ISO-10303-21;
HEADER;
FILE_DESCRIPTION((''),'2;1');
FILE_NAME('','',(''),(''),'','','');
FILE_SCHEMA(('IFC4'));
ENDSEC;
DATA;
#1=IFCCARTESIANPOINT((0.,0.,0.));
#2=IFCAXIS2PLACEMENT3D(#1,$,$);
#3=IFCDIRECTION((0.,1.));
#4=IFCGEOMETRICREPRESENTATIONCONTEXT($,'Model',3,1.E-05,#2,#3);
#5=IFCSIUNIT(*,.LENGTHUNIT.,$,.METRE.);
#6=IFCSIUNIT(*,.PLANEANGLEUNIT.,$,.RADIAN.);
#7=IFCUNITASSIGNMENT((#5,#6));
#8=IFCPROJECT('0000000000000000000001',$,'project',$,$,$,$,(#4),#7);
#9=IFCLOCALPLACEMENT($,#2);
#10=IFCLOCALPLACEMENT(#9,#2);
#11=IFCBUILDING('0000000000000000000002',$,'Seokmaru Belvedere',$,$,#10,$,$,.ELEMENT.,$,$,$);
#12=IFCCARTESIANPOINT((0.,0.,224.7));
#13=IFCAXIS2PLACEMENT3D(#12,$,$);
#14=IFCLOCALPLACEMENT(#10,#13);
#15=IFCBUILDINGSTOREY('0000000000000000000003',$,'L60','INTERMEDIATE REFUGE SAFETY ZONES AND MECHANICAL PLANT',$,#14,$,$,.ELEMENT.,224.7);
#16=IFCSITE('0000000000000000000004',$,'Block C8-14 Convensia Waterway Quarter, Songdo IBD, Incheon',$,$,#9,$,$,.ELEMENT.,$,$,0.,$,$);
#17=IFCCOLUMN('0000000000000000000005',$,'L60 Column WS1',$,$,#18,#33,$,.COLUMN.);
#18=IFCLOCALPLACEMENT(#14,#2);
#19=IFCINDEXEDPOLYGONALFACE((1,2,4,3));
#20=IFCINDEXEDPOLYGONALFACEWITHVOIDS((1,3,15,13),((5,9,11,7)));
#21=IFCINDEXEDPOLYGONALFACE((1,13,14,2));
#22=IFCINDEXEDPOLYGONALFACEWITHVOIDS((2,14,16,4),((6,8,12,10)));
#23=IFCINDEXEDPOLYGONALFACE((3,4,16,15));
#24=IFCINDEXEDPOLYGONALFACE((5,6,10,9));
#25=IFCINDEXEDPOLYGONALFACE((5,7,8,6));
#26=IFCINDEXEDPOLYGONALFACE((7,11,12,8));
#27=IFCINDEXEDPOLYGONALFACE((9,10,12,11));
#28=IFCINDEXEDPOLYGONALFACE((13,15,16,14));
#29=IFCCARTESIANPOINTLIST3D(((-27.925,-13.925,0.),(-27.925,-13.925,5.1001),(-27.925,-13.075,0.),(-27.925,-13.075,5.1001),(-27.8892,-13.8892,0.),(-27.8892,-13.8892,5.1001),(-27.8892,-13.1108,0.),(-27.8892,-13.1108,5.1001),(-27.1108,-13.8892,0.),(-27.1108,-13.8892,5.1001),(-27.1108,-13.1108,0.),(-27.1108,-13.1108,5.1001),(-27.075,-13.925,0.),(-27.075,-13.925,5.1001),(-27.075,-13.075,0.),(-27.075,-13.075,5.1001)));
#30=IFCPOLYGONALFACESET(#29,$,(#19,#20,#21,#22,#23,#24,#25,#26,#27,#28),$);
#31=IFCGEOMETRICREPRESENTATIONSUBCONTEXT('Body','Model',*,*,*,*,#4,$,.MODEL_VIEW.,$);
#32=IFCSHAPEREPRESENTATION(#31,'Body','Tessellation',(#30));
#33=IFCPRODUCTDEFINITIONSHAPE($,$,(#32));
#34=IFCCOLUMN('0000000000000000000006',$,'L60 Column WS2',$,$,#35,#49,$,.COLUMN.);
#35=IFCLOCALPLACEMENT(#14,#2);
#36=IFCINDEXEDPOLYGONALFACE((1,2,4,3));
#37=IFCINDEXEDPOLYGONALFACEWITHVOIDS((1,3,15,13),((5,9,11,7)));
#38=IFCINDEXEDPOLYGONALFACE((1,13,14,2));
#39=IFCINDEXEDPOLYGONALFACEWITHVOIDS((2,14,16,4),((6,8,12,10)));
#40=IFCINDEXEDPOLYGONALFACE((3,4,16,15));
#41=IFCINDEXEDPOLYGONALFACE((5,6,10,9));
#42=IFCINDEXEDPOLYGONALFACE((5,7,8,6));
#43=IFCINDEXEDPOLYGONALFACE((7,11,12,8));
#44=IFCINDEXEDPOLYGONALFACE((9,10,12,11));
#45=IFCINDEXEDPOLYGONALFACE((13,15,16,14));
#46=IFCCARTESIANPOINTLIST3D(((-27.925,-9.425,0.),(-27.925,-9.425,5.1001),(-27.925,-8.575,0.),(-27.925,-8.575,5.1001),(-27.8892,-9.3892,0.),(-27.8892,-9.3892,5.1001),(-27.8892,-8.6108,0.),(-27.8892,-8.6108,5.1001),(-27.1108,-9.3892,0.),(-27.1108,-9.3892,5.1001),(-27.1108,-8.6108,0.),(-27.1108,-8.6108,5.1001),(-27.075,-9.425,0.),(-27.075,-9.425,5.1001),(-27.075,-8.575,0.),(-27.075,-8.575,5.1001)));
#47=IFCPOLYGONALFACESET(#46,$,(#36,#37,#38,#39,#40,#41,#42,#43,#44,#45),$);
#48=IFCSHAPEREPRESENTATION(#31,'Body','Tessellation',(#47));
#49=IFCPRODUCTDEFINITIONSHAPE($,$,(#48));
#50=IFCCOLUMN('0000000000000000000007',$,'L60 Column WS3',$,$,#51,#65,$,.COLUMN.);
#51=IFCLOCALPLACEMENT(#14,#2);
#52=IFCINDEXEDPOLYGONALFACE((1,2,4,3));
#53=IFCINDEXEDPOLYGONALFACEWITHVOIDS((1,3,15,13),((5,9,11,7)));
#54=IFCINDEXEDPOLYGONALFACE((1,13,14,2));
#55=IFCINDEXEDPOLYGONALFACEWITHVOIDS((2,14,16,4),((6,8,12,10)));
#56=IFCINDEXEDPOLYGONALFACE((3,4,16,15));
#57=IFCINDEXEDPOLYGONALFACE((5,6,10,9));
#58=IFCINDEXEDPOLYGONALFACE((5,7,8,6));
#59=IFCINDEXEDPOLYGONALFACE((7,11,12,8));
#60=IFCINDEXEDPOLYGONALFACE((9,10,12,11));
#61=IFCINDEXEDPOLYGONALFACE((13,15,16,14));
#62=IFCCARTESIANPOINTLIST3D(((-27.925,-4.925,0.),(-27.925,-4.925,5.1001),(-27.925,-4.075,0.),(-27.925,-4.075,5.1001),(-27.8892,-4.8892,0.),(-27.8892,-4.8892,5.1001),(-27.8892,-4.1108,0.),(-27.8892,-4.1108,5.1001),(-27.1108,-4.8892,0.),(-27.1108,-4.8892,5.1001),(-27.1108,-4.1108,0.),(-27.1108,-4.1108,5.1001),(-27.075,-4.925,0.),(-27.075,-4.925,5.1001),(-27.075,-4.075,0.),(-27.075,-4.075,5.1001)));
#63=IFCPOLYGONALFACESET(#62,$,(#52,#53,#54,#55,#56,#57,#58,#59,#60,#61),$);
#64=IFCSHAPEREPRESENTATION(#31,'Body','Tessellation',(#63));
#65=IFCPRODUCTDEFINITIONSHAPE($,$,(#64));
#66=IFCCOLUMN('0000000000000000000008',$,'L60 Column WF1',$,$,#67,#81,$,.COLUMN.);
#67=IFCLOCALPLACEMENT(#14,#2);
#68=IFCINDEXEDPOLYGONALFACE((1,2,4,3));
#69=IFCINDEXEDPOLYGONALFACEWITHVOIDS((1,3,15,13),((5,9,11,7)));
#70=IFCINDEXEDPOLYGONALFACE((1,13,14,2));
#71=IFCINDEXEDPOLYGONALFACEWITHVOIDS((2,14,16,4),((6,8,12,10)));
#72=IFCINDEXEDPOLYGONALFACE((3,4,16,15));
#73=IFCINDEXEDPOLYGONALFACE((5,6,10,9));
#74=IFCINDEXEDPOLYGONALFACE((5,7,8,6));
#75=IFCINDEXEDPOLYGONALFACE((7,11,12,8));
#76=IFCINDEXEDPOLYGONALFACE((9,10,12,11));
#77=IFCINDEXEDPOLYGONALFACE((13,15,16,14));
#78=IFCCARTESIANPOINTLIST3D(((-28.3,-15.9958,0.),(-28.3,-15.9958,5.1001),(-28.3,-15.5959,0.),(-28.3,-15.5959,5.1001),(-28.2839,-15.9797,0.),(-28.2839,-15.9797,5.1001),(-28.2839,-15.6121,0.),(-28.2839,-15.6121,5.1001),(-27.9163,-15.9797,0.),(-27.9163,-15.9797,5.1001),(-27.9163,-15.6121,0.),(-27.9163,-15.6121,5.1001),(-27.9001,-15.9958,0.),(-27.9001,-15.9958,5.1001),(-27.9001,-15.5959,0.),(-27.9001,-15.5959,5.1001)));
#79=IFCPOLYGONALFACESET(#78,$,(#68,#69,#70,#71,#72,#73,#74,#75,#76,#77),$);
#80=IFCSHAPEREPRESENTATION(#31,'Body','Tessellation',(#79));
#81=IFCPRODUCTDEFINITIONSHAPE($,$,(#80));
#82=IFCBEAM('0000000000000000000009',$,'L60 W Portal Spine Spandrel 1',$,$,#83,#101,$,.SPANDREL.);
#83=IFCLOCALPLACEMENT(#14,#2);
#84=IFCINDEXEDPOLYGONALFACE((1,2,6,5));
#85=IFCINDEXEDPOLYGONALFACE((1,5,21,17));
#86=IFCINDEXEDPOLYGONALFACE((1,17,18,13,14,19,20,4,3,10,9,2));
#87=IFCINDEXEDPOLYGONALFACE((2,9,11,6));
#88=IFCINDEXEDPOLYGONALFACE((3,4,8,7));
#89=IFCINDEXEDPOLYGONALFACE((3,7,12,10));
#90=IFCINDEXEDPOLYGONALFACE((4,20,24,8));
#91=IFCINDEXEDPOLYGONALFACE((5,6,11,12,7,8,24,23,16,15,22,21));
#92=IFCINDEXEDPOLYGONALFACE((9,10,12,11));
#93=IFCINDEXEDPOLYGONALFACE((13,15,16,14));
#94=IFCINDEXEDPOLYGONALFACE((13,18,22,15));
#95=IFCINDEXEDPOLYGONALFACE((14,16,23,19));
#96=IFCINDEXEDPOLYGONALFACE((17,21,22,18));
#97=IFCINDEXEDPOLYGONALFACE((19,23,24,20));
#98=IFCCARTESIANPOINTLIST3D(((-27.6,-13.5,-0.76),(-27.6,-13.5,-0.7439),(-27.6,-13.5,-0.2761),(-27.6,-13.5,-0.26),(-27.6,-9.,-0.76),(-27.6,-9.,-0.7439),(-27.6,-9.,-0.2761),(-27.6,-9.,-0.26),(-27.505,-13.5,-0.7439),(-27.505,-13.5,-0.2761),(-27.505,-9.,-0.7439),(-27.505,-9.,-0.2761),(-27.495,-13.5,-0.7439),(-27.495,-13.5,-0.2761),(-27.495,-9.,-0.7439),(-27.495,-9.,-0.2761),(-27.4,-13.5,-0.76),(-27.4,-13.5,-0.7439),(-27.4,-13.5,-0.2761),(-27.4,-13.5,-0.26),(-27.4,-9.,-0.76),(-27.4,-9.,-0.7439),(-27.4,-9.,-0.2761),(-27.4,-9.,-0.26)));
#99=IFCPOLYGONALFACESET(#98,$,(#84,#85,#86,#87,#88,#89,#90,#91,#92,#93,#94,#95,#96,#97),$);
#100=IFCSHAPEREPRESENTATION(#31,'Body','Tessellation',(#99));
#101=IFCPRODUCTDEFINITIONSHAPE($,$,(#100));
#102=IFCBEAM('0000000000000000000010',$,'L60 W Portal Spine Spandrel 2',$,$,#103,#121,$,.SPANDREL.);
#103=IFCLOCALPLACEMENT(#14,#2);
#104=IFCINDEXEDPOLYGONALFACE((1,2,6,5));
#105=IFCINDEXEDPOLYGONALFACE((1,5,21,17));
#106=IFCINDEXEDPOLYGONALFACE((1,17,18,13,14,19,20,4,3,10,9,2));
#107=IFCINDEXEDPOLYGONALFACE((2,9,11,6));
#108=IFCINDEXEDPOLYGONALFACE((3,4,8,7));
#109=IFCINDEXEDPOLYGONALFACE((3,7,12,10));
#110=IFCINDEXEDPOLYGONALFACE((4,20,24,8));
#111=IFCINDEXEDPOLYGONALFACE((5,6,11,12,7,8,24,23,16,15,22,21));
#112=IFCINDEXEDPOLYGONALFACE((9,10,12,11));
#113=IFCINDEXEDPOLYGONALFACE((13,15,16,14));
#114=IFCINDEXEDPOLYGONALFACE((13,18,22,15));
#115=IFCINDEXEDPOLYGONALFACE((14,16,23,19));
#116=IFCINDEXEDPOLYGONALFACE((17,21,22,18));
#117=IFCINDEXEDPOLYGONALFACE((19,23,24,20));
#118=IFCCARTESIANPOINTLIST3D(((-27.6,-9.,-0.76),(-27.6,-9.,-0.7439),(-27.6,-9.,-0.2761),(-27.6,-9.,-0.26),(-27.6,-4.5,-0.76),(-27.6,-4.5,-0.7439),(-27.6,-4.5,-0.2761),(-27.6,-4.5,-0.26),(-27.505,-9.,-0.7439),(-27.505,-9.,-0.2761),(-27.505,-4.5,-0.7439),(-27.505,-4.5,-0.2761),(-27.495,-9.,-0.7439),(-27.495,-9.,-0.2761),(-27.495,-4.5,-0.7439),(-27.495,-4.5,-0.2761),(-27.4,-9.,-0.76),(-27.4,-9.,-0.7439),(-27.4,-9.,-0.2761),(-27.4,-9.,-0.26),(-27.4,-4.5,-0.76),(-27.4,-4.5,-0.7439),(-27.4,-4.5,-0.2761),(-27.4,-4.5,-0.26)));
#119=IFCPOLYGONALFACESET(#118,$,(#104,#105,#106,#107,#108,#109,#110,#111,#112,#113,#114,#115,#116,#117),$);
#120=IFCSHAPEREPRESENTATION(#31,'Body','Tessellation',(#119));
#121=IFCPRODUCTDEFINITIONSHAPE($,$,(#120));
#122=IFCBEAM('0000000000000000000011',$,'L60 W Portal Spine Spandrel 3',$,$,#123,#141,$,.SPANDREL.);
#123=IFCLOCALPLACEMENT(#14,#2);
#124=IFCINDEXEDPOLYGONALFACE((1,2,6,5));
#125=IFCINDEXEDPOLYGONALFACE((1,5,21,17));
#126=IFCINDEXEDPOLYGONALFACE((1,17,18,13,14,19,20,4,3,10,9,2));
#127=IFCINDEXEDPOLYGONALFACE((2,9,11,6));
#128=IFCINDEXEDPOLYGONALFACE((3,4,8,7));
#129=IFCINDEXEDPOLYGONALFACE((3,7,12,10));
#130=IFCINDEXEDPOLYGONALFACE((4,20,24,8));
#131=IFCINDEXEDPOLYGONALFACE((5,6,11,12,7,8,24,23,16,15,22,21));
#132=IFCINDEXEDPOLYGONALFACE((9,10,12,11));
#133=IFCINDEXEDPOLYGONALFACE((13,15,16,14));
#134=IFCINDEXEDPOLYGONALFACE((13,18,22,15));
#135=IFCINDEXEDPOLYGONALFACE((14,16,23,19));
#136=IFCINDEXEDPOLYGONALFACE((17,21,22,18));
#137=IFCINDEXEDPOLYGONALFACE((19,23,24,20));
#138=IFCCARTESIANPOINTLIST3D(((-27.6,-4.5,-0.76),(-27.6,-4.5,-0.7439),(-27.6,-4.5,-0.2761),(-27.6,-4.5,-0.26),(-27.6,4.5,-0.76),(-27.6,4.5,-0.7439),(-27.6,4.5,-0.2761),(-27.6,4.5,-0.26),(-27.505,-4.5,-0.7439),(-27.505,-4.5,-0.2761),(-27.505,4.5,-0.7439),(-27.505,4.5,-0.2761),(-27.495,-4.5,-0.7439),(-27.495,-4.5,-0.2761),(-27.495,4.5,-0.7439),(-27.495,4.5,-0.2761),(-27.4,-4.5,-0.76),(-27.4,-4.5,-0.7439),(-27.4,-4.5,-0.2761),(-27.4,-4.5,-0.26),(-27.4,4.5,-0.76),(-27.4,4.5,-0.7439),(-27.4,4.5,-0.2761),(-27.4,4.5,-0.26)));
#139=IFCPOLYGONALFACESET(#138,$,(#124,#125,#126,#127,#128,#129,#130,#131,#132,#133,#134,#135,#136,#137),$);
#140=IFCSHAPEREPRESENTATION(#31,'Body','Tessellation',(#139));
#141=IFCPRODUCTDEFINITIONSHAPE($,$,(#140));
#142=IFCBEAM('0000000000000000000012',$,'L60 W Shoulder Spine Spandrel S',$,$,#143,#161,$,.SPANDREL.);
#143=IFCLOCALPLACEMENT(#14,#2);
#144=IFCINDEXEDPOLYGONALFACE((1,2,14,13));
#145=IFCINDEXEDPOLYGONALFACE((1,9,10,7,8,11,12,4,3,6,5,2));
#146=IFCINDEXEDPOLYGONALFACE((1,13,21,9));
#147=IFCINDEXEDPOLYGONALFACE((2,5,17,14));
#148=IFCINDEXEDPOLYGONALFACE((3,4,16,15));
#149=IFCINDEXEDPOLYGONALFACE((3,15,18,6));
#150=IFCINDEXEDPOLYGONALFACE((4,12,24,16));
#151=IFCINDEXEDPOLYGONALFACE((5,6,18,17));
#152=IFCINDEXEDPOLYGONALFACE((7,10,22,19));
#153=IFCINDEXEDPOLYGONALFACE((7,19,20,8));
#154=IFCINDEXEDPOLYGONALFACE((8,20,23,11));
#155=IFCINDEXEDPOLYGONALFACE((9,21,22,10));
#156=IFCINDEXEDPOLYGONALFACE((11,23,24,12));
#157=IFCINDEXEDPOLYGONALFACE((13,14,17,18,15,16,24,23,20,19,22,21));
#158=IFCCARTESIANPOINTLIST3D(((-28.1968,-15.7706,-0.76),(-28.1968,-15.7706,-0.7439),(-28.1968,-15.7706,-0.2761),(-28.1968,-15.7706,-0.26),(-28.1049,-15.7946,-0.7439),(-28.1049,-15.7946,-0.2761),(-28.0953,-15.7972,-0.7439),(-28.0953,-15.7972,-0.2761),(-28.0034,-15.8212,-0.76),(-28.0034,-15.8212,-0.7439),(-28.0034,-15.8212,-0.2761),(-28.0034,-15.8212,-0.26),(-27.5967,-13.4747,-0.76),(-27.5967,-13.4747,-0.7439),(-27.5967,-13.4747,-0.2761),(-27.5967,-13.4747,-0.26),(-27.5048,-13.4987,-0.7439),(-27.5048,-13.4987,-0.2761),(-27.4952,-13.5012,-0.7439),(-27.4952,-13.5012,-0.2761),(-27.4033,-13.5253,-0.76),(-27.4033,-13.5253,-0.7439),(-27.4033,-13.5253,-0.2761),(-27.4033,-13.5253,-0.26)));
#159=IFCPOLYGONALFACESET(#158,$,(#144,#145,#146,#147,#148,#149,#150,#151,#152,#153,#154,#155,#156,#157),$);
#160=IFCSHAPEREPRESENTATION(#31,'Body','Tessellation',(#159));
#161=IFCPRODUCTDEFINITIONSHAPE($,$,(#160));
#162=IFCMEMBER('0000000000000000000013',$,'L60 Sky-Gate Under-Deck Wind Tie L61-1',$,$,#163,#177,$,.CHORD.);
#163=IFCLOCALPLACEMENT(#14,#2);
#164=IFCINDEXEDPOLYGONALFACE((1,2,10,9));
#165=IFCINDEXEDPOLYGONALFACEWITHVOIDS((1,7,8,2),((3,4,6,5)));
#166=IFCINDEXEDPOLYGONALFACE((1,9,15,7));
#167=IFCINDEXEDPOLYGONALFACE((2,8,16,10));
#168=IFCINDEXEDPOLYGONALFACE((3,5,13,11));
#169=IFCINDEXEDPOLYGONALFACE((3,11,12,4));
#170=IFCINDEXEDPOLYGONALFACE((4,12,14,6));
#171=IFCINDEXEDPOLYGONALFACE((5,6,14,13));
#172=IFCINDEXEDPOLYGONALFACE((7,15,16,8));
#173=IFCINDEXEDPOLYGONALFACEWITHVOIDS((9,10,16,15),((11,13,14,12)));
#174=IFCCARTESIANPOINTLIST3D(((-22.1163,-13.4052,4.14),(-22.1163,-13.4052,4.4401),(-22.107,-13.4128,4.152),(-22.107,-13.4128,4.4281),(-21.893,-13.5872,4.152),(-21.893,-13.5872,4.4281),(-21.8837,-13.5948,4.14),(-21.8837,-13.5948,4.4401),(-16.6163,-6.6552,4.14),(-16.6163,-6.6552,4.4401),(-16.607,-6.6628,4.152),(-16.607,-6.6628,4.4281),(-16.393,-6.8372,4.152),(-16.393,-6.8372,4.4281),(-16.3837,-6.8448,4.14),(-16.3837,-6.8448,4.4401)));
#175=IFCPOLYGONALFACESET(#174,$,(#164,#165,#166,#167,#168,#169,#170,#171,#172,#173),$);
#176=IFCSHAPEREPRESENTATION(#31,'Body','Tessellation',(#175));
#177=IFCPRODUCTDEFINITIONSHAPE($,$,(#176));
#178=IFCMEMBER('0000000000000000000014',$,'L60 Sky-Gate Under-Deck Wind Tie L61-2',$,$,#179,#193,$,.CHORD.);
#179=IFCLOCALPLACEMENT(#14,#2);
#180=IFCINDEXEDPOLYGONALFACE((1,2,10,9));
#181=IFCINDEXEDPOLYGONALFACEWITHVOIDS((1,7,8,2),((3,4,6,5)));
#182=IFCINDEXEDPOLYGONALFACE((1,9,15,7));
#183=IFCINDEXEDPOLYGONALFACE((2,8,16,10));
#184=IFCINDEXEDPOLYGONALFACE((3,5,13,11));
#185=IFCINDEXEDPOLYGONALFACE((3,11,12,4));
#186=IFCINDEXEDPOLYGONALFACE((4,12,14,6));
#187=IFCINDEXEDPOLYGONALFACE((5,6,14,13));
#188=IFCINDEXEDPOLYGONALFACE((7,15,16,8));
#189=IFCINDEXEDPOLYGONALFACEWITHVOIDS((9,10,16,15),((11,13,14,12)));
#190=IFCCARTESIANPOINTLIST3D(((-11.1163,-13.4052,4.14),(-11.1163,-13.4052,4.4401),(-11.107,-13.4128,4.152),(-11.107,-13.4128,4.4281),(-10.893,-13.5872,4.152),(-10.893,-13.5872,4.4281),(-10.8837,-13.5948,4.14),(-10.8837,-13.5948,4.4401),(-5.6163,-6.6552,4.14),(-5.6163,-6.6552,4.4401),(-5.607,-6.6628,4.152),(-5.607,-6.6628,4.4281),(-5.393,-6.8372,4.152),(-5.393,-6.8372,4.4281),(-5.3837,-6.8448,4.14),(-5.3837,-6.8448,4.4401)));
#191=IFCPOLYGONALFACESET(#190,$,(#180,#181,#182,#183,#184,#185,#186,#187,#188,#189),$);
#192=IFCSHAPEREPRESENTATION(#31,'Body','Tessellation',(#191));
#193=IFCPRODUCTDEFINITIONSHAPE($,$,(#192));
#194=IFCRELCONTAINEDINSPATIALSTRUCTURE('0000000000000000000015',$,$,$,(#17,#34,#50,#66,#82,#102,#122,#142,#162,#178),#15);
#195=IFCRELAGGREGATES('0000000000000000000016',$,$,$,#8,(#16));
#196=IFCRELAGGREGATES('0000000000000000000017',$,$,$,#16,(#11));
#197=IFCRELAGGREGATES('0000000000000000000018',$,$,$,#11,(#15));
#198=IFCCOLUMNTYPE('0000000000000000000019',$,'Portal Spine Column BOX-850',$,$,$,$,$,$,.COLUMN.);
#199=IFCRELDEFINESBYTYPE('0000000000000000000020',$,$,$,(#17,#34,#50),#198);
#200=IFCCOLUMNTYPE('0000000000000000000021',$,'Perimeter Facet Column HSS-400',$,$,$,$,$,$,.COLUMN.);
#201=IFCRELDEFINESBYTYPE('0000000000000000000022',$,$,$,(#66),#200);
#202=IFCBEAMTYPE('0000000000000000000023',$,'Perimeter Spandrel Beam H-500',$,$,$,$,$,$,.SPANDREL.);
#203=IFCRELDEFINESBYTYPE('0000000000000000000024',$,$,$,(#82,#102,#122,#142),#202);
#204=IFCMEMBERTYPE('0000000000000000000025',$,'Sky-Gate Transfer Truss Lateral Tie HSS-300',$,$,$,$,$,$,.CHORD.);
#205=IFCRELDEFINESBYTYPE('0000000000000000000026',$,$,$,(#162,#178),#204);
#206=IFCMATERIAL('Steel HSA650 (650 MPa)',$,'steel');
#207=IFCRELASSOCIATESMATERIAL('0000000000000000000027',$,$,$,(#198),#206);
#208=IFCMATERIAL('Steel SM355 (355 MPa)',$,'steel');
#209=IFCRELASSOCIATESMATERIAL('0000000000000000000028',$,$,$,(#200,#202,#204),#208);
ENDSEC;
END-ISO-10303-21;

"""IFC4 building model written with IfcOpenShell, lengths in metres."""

from ifc_helpers import new_model, si_unit, direction, frame, origin, origin_2d, place, context, subcontext, project, spatial, hollow_rectangle, i_section, extrude, source, transform, mapped, material, material_profile, profile_set, type_object, type_shapes, element, save


model = new_model("IFC4")

# Units and contexts
model_context = context("Model", 3, precision=1e-05, world=origin(), true_north=direction((0.0, 1.0)))
body_context = subcontext(model_context, "Body", "Model", "MODEL_VIEW")
ifc_project = project(units=[si_unit("LENGTHUNIT", "METRE"), si_unit("PLANEANGLEUNIT", "RADIAN")], contexts=[model_context])

# Site, building, storey
site_placement = place(None, origin())
site = spatial("IfcSite", under=ifc_project, at=site_placement, Name="Block C8-14 Convensia Waterway Quarter, Songdo IBD, Incheon", CompositionType="ELEMENT", RefElevation=0.0)
building_placement = place(site_placement, origin())
building = spatial("IfcBuilding", under=site, at=building_placement, Name="Seokmaru Belvedere", CompositionType="ELEMENT")
storey_placement = place(building_placement, frame((0.0, 0.0, 224.7)))
storey = spatial("IfcBuildingStorey", under=building, at=storey_placement, Name="L60", Description="INTERMEDIATE REFUGE SAFETY ZONES AND MECHANICAL PLANT", CompositionType="ELEMENT", Elevation=224.7)

# Columns
ifc_material_1 = material(Name="Steel HSA650 (650 MPa)", Category="steel")
ifc_material_profile_1 = material_profile(ifc_material_1, hollow_rectangle(XDim=0.8501, YDim=0.8501, WallThickness=0.0359, at=origin_2d()), Name="BOX-850x850x36")
ifc_profile_set_1 = profile_set([ifc_material_profile_1], Name="Steel HSA650 (650 MPa)")
column_type_1 = type_object("IfcColumnType", Name="Portal Spine Column BOX-850", PredefinedType="COLUMN", material=ifc_profile_set_1)
shared_shape_1 = source(origin(), body_context, "Body", "SweptSolid", [
    extrude(hollow_rectangle(XDim=0.8501, YDim=0.8501, WallThickness=0.0359, at=origin_2d()), origin(), (0.0, 0.0, 1.0), 5.1001),
])
type_shapes(column_type_1, [shared_shape_1])
for number, where, z_axis, x_axis, name in (
    (1, (-27.5, -13.5, 0.0), (0.0, 0.0, 1.0), (1.0, 0.0, 0.0), "L60 Column WS1"),
    (2, (-27.5, -9.0, 0.0), (0.0, 0.0, 1.0), (1.0, 0.0, 0.0), "L60 Column WS2"),
    (3, (-27.5, -4.5, 0.0), (0.0, 0.0, 1.0), (1.0, 0.0, 0.0), "L60 Column WS3"),
):
    element("IfcColumn", number, at=place(storey_placement, frame(where, z_axis=z_axis, x_axis=x_axis)), inside=storey, type_object=column_type_1, Name=name, PredefinedType="COLUMN", context=body_context, shape_type="MappedRepresentation", body=[
        mapped(shared_shape_1, transform((0.0, 0.0, 0.0), scale=1.0)),
    ])
ifc_material_2 = material(Name="Steel SM355 (355 MPa)", Category="steel")
ifc_material_profile_2 = material_profile(ifc_material_2, hollow_rectangle(XDim=0.3999, YDim=0.3999, WallThickness=0.0161, at=origin_2d()), Name="HSS-400x400x16")
ifc_profile_set_2 = profile_set([ifc_material_profile_2], Name="Steel SM355 (355 MPa)")
column_type_2 = type_object("IfcColumnType", Name="Perimeter Facet Column HSS-400", PredefinedType="COLUMN", material=ifc_profile_set_2)
shared_shape_2 = source(origin(), body_context, "Body", "SweptSolid", [
    extrude(hollow_rectangle(XDim=0.3999, YDim=0.3999, WallThickness=0.0161, at=origin_2d()), origin(), (0.0, 0.0, 1.0), 5.1001),
])
type_shapes(column_type_2, [shared_shape_2])
column_placement = place(storey_placement, frame((-28.1001, -15.7959, 0.0), z_axis=(0.0, 0.0, 1.0), x_axis=(1.0, 0.0, 0.0)))
element("IfcColumn", 4, at=column_placement, inside=storey, type_object=column_type_2, Name="L60 Column WF1", PredefinedType="COLUMN", context=body_context, shape_type="MappedRepresentation", body=[
    mapped(shared_shape_2, transform((0.0, 0.0, 0.0), scale=1.0)),
])

# Beams
ifc_material_profile_3 = material_profile(ifc_material_2, i_section(OverallWidth=0.2, OverallDepth=0.5, WebThickness=0.01, FlangeThickness=0.0161, at=origin_2d()), Name="H-500x200x10x16")
ifc_profile_set_3 = profile_set([ifc_material_profile_3], Name="Steel SM355 (355 MPa)")
beam_type_1 = type_object("IfcBeamType", Name="Perimeter Spandrel Beam H-500", PredefinedType="SPANDREL", material=ifc_profile_set_3)
shared_shape_3 = source(origin(), body_context, "Body", "SweptSolid", [
    extrude(i_section(OverallWidth=0.2, OverallDepth=0.5, WebThickness=0.01, FlangeThickness=0.0161, at=origin_2d()), origin(), (0.0, 0.0, 1.0), 4.5),
])
for number, where, z_axis, x_axis, name in (
    (5, (-27.5, -13.5, -0.51), (0.0, 1.0, 0.0), (-1.0, 0.0, 0.0), "L60 W Portal Spine Spandrel 1"),
    (6, (-27.5, -9.0, -0.51), (0.0, 1.0, 0.0), (-1.0, 0.0, 0.0), "L60 W Portal Spine Spandrel 2"),
):
    element("IfcBeam", number, at=place(storey_placement, frame(where, z_axis=z_axis, x_axis=x_axis)), inside=storey, type_object=beam_type_1, Name=name, PredefinedType="SPANDREL", context=body_context, shape_type="MappedRepresentation", body=[
        mapped(shared_shape_3, transform((0.0, 0.0, 0.0), scale=1.0)),
    ])
shared_shape_4 = source(origin(), body_context, "Body", "SweptSolid", [
    extrude(i_section(OverallWidth=0.2, OverallDepth=0.5, WebThickness=0.01, FlangeThickness=0.0161, at=origin_2d()), origin(), (0.0, 0.0, 1.0), 9.0),
])
beam_1_placement = place(storey_placement, frame((-27.5, -4.5, -0.51), z_axis=(0.0, 1.0, 0.0), x_axis=(-1.0, 0.0, 0.0)))
element("IfcBeam", 7, at=beam_1_placement, inside=storey, type_object=beam_type_1, Name="L60 W Portal Spine Spandrel 3", PredefinedType="SPANDREL", context=body_context, shape_type="MappedRepresentation", body=[
    mapped(shared_shape_4, transform((0.0, 0.0, 0.0), scale=1.0)),
])
shared_shape_5 = source(origin(), body_context, "Body", "SweptSolid", [
    extrude(i_section(OverallWidth=0.2, OverallDepth=0.5, WebThickness=0.01, FlangeThickness=0.0161, at=origin_2d()), origin(), (0.0, 0.0, 1.0), 2.373),
])
type_shapes(beam_type_1, [shared_shape_3, shared_shape_4, shared_shape_5])
beam_2_placement = place(storey_placement, frame((-28.1001, -15.7959, -0.51), z_axis=(0.252883, 0.967497, 0.0), x_axis=(-0.967497, 0.252883, 0.0)))
element("IfcBeam", 8, at=beam_2_placement, inside=storey, type_object=beam_type_1, Name="L60 W Shoulder Spine Spandrel S", PredefinedType="SPANDREL", context=body_context, shape_type="MappedRepresentation", body=[
    mapped(shared_shape_5, transform((0.0, 0.0, 0.0), scale=1.0)),
])

# Members
ifc_material_profile_4 = material_profile(ifc_material_2, hollow_rectangle(XDim=0.3, YDim=0.3, WallThickness=0.012, at=origin_2d()), Name="HSS-300x300x12")
ifc_profile_set_4 = profile_set([ifc_material_profile_4], Name="Steel SM355 (355 MPa)")
member_type = type_object("IfcMemberType", Name="Sky-Gate Transfer Truss Lateral Tie HSS-300", PredefinedType="CHORD", material=ifc_profile_set_4)
shared_shape_6 = source(origin(), body_context, "Body", "SweptSolid", [
    extrude(hollow_rectangle(XDim=0.3, YDim=0.3, WallThickness=0.012, at=origin_2d()), origin(), (0.0, 0.0, 1.0), 8.707),
])
type_shapes(member_type, [shared_shape_6])
for number, where, z_axis, x_axis, name in (
    (9, (-22.0, -13.5, 4.29), (0.631673, 0.775235, 0.0), (-0.775235, 0.631673, 0.0), "L60 Sky-Gate Under-Deck Wind Tie L61-1"),
    (10, (-11.0, -13.5, 4.29), (0.631673, 0.775235, 0.0), (-0.775235, 0.631673, 0.0), "L60 Sky-Gate Under-Deck Wind Tie L61-2"),
):
    element("IfcMember", number, at=place(storey_placement, frame(where, z_axis=z_axis, x_axis=x_axis)), inside=storey, type_object=member_type, Name=name, PredefinedType="CHORD", context=body_context, shape_type="MappedRepresentation", body=[
        mapped(shared_shape_6, transform((0.0, 0.0, 0.0), scale=1.0)),
    ])

save(model, "model.ifc")
